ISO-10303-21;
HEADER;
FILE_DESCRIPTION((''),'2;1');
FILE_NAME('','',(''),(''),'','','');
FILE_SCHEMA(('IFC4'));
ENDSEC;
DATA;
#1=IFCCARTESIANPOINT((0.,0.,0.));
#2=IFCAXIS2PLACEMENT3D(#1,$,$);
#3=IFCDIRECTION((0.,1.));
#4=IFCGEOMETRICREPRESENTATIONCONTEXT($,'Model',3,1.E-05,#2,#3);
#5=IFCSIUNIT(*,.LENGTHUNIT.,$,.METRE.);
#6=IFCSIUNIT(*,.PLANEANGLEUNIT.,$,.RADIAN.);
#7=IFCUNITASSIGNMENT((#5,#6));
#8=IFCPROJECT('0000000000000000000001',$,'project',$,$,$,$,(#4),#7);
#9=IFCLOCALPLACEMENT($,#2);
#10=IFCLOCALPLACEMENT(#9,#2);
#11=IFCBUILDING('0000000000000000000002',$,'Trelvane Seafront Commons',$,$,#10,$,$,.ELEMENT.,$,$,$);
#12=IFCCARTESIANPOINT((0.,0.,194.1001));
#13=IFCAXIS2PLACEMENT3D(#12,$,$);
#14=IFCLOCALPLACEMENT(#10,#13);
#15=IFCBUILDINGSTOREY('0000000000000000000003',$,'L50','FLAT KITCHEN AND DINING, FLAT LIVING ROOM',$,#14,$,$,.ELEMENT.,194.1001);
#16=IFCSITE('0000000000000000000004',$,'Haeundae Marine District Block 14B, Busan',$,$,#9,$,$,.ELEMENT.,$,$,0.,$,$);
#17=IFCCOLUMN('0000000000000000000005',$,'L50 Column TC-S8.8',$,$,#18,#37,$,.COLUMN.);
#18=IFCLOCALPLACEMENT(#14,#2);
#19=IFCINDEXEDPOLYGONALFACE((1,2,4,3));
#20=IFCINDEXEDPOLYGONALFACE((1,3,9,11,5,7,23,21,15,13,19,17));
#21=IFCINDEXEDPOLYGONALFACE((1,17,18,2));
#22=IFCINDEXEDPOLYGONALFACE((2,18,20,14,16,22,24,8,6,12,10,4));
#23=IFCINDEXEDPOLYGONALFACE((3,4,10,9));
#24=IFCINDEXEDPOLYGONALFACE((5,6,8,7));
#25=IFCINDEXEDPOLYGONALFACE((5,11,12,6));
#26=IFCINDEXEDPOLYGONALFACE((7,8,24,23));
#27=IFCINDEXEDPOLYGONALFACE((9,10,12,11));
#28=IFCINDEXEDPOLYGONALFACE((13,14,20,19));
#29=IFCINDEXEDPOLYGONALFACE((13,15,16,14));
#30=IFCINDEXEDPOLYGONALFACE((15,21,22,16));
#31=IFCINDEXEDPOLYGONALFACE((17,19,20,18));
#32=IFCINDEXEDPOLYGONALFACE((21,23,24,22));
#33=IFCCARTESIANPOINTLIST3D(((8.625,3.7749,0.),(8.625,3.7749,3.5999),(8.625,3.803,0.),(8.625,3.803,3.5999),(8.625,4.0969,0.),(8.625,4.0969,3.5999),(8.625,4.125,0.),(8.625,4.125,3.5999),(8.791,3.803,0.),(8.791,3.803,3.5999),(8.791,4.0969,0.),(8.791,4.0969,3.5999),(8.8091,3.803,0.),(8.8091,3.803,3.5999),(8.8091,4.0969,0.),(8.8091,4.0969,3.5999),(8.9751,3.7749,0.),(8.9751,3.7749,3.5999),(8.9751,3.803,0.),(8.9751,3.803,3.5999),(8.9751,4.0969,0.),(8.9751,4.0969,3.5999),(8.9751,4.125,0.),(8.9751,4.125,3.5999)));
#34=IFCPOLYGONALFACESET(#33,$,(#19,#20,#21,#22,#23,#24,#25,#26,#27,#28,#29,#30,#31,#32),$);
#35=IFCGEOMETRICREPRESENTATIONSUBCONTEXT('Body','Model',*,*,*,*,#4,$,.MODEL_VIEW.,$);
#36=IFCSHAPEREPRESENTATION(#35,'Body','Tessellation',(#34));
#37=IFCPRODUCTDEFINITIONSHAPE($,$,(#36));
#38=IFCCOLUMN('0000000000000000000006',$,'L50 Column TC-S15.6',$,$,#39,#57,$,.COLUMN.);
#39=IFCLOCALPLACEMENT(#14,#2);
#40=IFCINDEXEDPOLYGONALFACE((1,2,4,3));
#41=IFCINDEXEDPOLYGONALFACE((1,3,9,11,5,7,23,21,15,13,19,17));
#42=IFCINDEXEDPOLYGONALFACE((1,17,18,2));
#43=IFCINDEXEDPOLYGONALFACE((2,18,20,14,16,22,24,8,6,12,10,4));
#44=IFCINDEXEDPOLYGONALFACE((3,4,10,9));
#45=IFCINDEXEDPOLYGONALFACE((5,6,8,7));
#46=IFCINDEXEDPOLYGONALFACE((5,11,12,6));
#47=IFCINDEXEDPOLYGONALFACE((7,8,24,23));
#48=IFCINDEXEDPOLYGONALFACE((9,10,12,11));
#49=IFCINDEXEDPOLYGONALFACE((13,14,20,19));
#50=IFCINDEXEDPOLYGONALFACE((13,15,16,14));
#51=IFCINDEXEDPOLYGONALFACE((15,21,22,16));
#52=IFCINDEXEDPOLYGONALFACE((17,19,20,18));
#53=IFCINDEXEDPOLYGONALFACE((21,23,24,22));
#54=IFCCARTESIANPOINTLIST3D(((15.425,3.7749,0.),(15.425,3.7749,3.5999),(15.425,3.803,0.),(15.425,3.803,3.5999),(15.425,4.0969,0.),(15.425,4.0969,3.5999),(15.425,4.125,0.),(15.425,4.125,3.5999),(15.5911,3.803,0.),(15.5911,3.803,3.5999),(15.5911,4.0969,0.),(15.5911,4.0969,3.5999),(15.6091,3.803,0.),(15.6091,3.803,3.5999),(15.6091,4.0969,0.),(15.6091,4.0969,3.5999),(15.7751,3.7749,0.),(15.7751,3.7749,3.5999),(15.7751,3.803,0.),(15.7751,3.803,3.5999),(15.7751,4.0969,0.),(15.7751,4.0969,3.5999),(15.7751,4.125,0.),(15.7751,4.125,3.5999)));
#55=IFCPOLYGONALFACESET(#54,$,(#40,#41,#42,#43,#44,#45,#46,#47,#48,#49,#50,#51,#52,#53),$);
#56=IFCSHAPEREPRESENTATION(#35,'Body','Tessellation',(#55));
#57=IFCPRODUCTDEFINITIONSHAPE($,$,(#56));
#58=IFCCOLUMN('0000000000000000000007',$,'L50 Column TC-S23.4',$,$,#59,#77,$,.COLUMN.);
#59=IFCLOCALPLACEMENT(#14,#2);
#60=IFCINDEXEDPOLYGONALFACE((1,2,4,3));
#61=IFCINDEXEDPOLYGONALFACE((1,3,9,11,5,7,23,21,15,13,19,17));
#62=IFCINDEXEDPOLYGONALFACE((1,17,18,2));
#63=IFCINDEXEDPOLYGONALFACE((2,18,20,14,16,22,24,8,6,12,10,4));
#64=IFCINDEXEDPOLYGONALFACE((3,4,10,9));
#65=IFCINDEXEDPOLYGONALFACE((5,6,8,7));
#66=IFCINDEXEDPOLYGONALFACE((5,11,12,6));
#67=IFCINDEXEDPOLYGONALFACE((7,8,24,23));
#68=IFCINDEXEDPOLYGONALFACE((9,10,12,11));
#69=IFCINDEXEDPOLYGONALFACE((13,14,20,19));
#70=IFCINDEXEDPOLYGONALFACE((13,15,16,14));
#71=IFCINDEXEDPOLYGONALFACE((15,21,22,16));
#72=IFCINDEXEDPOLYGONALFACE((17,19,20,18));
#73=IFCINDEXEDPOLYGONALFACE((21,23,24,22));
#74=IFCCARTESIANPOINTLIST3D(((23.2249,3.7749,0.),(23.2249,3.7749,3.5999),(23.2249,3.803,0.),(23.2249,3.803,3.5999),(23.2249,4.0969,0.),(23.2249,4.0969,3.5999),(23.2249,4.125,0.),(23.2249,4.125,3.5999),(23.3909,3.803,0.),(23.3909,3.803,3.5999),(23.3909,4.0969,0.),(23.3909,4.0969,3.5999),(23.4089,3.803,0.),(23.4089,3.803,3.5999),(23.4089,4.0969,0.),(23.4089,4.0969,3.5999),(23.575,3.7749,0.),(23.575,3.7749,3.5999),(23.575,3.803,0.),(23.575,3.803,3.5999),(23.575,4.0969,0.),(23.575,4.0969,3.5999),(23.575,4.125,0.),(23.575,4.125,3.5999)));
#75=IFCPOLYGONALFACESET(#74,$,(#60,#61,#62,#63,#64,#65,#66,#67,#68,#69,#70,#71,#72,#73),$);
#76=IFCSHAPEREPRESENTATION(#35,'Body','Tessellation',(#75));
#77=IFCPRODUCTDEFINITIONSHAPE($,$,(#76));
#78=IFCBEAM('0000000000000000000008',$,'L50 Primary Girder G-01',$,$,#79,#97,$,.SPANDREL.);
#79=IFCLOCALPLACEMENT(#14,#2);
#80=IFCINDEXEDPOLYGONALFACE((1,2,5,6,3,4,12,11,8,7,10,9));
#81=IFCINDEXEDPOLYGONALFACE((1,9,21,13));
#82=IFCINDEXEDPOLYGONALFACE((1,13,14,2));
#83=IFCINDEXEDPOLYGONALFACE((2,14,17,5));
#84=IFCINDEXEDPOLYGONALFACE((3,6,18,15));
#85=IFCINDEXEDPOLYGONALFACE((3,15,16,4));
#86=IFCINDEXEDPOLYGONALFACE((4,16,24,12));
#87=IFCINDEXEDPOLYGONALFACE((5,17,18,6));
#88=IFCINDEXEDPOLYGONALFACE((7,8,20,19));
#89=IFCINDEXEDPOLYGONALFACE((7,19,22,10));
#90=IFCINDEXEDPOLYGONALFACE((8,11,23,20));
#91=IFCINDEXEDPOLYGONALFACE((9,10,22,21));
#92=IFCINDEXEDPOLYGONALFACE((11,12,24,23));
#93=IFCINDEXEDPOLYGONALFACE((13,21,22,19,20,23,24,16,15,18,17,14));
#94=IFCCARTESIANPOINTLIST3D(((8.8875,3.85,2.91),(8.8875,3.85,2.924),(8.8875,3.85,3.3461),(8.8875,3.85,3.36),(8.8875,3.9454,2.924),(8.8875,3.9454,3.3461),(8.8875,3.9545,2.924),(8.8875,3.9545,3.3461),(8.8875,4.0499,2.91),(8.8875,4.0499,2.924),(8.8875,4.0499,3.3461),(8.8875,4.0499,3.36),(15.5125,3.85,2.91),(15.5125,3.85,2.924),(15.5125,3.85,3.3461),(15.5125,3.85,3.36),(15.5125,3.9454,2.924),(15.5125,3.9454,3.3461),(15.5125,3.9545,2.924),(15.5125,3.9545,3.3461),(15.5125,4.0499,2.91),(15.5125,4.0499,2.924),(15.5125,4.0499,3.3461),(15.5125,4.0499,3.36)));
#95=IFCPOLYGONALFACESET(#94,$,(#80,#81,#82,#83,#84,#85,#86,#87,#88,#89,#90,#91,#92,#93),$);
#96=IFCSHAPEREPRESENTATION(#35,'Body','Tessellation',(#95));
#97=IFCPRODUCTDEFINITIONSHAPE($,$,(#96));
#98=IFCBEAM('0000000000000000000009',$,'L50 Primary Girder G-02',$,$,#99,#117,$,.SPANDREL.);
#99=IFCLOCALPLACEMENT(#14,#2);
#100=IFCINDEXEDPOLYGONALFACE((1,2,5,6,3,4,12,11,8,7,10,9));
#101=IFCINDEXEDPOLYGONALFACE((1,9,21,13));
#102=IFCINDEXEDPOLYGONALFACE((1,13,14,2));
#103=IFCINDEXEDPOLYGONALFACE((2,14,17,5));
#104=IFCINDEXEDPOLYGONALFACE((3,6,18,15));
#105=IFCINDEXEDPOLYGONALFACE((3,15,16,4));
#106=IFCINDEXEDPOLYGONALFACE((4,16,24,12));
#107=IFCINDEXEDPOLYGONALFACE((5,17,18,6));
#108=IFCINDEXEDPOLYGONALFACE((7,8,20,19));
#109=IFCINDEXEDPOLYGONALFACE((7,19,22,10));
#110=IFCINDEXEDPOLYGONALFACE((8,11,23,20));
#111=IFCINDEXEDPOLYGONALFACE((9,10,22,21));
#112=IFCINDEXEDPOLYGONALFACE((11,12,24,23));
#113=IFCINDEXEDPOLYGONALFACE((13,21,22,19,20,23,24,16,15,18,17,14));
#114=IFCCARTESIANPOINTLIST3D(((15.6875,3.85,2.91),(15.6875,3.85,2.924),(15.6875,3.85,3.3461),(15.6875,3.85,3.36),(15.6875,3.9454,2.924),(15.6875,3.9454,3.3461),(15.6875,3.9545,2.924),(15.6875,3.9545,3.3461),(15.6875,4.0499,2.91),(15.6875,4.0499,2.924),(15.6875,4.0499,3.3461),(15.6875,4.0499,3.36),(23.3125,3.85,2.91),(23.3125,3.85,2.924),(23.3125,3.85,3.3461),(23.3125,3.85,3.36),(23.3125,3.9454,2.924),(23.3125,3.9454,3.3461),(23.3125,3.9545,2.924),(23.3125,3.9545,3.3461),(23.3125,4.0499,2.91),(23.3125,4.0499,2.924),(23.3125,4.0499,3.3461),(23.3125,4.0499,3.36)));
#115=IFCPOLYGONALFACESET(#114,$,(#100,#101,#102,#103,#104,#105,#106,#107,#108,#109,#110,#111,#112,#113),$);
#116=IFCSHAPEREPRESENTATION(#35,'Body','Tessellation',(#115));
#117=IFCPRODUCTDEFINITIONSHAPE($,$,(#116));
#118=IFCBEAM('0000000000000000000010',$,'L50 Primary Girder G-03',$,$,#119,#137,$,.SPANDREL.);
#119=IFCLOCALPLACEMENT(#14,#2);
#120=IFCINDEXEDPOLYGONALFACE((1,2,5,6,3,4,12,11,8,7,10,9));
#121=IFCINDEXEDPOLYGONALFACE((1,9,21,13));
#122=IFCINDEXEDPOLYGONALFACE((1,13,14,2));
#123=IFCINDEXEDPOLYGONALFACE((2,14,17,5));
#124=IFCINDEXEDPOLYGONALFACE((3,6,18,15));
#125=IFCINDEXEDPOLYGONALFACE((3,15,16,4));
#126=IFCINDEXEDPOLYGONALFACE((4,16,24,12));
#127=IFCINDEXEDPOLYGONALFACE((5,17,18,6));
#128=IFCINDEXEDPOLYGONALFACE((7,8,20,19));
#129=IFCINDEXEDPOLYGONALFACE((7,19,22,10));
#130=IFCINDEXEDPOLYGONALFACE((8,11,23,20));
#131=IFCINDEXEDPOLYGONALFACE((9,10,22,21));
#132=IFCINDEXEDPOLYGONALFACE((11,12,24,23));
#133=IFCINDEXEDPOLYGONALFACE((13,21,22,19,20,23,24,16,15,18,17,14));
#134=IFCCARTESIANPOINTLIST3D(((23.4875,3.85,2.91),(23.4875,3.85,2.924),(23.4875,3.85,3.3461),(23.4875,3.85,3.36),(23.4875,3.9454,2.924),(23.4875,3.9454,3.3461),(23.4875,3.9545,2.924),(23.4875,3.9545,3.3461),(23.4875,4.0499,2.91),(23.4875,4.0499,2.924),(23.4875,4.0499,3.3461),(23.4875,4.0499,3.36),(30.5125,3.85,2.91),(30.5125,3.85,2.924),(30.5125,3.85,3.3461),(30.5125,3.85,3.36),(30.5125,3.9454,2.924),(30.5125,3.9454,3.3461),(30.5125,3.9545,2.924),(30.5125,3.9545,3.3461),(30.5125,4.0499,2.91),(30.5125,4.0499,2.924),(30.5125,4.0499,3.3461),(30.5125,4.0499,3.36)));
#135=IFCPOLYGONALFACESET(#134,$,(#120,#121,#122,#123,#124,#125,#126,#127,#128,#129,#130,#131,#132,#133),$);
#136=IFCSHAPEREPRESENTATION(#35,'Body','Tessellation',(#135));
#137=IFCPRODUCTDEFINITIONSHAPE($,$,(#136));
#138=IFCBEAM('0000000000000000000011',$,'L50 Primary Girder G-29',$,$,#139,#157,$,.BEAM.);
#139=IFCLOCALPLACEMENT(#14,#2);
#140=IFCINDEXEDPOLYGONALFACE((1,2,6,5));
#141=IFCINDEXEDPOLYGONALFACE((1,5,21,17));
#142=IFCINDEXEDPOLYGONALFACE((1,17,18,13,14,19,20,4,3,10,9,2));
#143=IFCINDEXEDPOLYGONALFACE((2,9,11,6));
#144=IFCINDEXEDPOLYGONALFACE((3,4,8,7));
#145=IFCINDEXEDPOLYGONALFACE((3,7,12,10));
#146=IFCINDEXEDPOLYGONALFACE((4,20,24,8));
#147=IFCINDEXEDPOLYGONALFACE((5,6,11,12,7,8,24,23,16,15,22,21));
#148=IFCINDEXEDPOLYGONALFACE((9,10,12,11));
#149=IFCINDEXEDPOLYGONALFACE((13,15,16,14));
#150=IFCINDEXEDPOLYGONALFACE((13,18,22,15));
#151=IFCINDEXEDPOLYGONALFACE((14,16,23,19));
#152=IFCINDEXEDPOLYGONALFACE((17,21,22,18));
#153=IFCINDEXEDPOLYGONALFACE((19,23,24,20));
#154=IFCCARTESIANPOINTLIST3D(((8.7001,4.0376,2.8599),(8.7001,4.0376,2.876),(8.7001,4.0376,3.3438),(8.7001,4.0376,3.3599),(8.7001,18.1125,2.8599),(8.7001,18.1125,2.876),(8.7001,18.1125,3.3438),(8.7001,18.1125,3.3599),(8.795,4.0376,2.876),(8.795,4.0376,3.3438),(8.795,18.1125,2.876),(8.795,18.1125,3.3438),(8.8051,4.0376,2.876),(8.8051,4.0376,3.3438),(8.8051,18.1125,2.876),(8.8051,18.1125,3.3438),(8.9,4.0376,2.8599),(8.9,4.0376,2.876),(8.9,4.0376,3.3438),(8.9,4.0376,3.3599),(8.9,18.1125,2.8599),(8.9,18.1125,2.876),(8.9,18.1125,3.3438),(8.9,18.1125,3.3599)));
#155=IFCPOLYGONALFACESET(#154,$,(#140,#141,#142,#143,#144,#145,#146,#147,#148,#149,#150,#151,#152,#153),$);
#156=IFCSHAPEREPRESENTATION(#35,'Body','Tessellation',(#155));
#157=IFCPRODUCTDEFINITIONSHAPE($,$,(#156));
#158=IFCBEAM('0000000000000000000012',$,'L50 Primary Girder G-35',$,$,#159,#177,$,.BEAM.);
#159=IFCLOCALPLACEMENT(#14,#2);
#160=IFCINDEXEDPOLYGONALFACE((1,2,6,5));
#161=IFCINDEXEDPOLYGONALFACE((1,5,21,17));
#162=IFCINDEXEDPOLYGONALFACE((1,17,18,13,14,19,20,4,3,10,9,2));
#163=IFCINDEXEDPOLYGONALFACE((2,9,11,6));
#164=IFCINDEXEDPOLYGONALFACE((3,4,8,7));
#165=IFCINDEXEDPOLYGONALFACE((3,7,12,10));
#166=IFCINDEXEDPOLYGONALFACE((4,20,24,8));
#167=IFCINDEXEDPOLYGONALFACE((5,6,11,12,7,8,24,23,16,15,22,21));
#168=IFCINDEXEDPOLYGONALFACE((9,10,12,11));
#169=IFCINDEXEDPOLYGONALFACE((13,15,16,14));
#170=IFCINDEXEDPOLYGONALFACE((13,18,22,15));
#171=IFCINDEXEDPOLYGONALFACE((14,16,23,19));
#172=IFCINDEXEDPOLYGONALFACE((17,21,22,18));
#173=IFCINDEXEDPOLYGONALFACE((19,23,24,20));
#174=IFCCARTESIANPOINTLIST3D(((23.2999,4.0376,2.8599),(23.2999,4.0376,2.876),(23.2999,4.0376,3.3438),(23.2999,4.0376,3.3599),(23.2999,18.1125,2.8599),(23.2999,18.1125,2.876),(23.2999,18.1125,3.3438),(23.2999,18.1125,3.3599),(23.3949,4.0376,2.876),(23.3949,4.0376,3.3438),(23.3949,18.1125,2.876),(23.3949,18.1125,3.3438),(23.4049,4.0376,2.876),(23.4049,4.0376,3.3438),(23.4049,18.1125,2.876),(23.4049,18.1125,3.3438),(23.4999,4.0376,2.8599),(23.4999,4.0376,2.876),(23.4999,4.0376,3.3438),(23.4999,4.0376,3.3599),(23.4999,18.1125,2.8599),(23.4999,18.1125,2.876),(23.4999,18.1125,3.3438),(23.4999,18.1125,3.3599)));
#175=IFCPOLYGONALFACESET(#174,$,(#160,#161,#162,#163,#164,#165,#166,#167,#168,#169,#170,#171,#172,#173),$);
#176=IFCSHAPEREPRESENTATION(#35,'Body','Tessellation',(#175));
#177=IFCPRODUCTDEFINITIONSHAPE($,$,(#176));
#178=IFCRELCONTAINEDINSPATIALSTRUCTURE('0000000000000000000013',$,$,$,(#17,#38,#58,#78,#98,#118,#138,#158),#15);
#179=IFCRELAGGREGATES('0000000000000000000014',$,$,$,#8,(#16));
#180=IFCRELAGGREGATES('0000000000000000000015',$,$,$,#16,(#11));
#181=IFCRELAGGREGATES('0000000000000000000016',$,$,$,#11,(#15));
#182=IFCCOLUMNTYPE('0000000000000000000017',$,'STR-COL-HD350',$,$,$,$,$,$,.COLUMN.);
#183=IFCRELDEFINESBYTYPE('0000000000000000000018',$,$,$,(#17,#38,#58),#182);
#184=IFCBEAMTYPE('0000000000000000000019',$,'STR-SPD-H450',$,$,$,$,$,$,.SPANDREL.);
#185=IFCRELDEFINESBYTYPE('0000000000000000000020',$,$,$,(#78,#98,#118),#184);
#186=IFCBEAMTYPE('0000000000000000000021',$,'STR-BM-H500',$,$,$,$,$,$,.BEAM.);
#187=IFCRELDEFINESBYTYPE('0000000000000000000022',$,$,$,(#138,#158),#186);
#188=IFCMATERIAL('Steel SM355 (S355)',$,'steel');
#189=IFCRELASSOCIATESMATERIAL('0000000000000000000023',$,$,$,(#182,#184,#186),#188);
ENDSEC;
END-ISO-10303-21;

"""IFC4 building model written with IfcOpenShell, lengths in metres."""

from ifc_helpers import new_model, si_unit, direction, frame, origin, origin_2d, place, context, subcontext, project, spatial, i_section, extrude, source, transform, mapped, material, material_profile, profile_set, type_object, element, save


model = new_model("IFC4")

# Units and contexts
model_context = context("Model", 3, precision=1e-05, world=origin(), true_north=direction((0.0, 1.0)))
body_context = subcontext(model_context, "Body", "Model", "MODEL_VIEW")
ifc_project = project(units=[si_unit("LENGTHUNIT", "METRE"), si_unit("PLANEANGLEUNIT", "RADIAN")], contexts=[model_context])

# Site, building, storey
site_placement = place(None, origin())
site = spatial("IfcSite", under=ifc_project, at=site_placement, Name="Haeundae Marine District Block 14B, Busan", CompositionType="ELEMENT", RefElevation=0.0)
building_placement = place(site_placement, origin())
building = spatial("IfcBuilding", under=site, at=building_placement, Name="Trelvane Seafront Commons", CompositionType="ELEMENT")
storey_placement = place(building_placement, frame((0.0, 0.0, 194.1001)))
storey = spatial("IfcBuildingStorey", under=building, at=storey_placement, Name="L50", Description="FLAT KITCHEN AND DINING, FLAT LIVING ROOM", CompositionType="ELEMENT", Elevation=194.1001)

# Columns
ifc_material_1 = material(Name="Steel SM355 (S355)", Category="steel")
ifc_material_profile_1 = material_profile(ifc_material_1, i_section(OverallWidth=0.3501, OverallDepth=0.3501, WebThickness=0.0181, FlangeThickness=0.0281, at=origin_2d()), Name="HD-350x350x18x28")
ifc_profile_set_1 = profile_set([ifc_material_profile_1], Name="Steel SM355 (S355)")
column_type = type_object("IfcColumnType", Name="STR-COL-HD350", PredefinedType="COLUMN", material=ifc_profile_set_1)
shared_shape_1 = source(origin(), body_context, "Body", "SweptSolid", [
    extrude(i_section(OverallWidth=0.3501, OverallDepth=0.3501, WebThickness=0.0181, FlangeThickness=0.0281, at=origin_2d()), origin(), (0.0, 0.0, 1.0), 3.5999),
])
for number, where, z_axis, x_axis, name in (
    (1, (8.8, 3.95, 0.0), (0.0, 0.0, 1.0), (1.0, 0.0, 0.0), "L50 Column TC-S8.8"),
    (2, (15.6001, 3.95, 0.0), (0.0, 0.0, 1.0), (1.0, 0.0, 0.0), "L50 Column TC-S15.6"),
    (3, (23.3999, 3.95, 0.0), (0.0, 0.0, 1.0), (1.0, 0.0, 0.0), "L50 Column TC-S23.4"),
):
    element("IfcColumn", number, at=place(storey_placement, frame(where, z_axis=z_axis, x_axis=x_axis)), inside=storey, type_object=column_type, Name=name, PredefinedType="COLUMN", context=body_context, shape_type="MappedRepresentation", body=[
        mapped(shared_shape_1, transform((0.0, 0.0, 0.0), x_axis=(1.0, 0.0, 0.0), y_axis=(0.0, 1.0, 0.0), z_axis=(0.0, 0.0, 1.0), scale=1.0)),
    ])

# Beams
ifc_material_profile_2 = material_profile(ifc_material_1, i_section(OverallWidth=0.2, OverallDepth=0.45, WebThickness=0.009, FlangeThickness=0.0139, at=origin_2d()), Name="H-450x200x9x14")
ifc_profile_set_2 = profile_set([ifc_material_profile_2], Name="Steel SM355 (S355)")
beam_type_1 = type_object("IfcBeamType", Name="STR-SPD-H450", PredefinedType="SPANDREL", material=ifc_profile_set_2)
shared_shape_2 = source(origin(), body_context, "Body", "SweptSolid", [
    extrude(i_section(OverallWidth=0.2, OverallDepth=0.45, WebThickness=0.009, FlangeThickness=0.0139, at=origin_2d()), origin(), (0.0, 0.0, 1.0), 6.625),
])
beam_1_placement = place(storey_placement, frame((8.8875, 3.95, 3.135), z_axis=(1.0, 0.0, 0.0), x_axis=(0.0, 1.0, 0.0)))
element("IfcBeam", 4, at=beam_1_placement, inside=storey, type_object=beam_type_1, Name="L50 Primary Girder G-01", PredefinedType="SPANDREL", context=body_context, shape_type="MappedRepresentation", body=[
    mapped(shared_shape_2, transform((0.0, 0.0, 0.0), x_axis=(1.0, 0.0, 0.0), y_axis=(0.0, 1.0, 0.0), z_axis=(0.0, 0.0, 1.0), scale=1.0)),
])
shared_shape_3 = source(origin(), body_context, "Body", "SweptSolid", [
    extrude(i_section(OverallWidth=0.2, OverallDepth=0.45, WebThickness=0.009, FlangeThickness=0.0139, at=origin_2d()), origin(), (0.0, 0.0, 1.0), 7.625),
])
beam_2_placement = place(storey_placement, frame((15.6875, 3.95, 3.135), z_axis=(1.0, 0.0, 0.0), x_axis=(0.0, 1.0, 0.0)))
element("IfcBeam", 5, at=beam_2_placement, inside=storey, type_object=beam_type_1, Name="L50 Primary Girder G-02", PredefinedType="SPANDREL", context=body_context, shape_type="MappedRepresentation", body=[
    mapped(shared_shape_3, transform((0.0, 0.0, 0.0), x_axis=(1.0, 0.0, 0.0), y_axis=(0.0, 1.0, 0.0), z_axis=(0.0, 0.0, 1.0), scale=1.0)),
])
shared_shape_4 = source(origin(), body_context, "Body", "SweptSolid", [
    extrude(i_section(OverallWidth=0.2, OverallDepth=0.45, WebThickness=0.009, FlangeThickness=0.0139, at=origin_2d()), origin(), (0.0, 0.0, 1.0), 7.0249),
])
beam_3_placement = place(storey_placement, frame((23.4875, 3.95, 3.135), z_axis=(1.0, 0.0, 0.0), x_axis=(0.0, 1.0, 0.0)))
element("IfcBeam", 6, at=beam_3_placement, inside=storey, type_object=beam_type_1, Name="L50 Primary Girder G-03", PredefinedType="SPANDREL", context=body_context, shape_type="MappedRepresentation", body=[
    mapped(shared_shape_4, transform((0.0, 0.0, 0.0), x_axis=(1.0, 0.0, 0.0), y_axis=(0.0, 1.0, 0.0), z_axis=(0.0, 0.0, 1.0), scale=1.0)),
])
ifc_material_profile_3 = material_profile(ifc_material_1, i_section(OverallWidth=0.2, OverallDepth=0.5, WebThickness=0.01, FlangeThickness=0.0161, at=origin_2d()), Name="H-500x200x10x16")
ifc_profile_set_3 = profile_set([ifc_material_profile_3], Name="Steel SM355 (S355)")
beam_type_2 = type_object("IfcBeamType", Name="STR-BM-H500", PredefinedType="BEAM", material=ifc_profile_set_3)
shared_shape_5 = source(origin(), body_context, "Body", "SweptSolid", [
    extrude(i_section(OverallWidth=0.2, OverallDepth=0.5, WebThickness=0.01, FlangeThickness=0.0161, at=origin_2d()), origin(), (0.0, 0.0, 1.0), 14.075),
])
for number, where, z_axis, x_axis, name in (
    (7, (8.8, 4.0376, 3.1099), (0.0, 1.0, 0.0), (-1.0, 0.0, 0.0), "L50 Primary Girder G-29"),
    (8, (23.3999, 4.0376, 3.1099), (0.0, 1.0, 0.0), (-1.0, 0.0, 0.0), "L50 Primary Girder G-35"),
):
    element("IfcBeam", number, at=place(storey_placement, frame(where, z_axis=z_axis, x_axis=x_axis)), inside=storey, type_object=beam_type_2, Name=name, PredefinedType="BEAM", context=body_context, shape_type="MappedRepresentation", body=[
        mapped(shared_shape_5, transform((0.0, 0.0, 0.0), x_axis=(1.0, 0.0, 0.0), y_axis=(0.0, 1.0, 0.0), z_axis=(0.0, 0.0, 1.0), scale=1.0)),
    ])

save(model, "model.ifc")
